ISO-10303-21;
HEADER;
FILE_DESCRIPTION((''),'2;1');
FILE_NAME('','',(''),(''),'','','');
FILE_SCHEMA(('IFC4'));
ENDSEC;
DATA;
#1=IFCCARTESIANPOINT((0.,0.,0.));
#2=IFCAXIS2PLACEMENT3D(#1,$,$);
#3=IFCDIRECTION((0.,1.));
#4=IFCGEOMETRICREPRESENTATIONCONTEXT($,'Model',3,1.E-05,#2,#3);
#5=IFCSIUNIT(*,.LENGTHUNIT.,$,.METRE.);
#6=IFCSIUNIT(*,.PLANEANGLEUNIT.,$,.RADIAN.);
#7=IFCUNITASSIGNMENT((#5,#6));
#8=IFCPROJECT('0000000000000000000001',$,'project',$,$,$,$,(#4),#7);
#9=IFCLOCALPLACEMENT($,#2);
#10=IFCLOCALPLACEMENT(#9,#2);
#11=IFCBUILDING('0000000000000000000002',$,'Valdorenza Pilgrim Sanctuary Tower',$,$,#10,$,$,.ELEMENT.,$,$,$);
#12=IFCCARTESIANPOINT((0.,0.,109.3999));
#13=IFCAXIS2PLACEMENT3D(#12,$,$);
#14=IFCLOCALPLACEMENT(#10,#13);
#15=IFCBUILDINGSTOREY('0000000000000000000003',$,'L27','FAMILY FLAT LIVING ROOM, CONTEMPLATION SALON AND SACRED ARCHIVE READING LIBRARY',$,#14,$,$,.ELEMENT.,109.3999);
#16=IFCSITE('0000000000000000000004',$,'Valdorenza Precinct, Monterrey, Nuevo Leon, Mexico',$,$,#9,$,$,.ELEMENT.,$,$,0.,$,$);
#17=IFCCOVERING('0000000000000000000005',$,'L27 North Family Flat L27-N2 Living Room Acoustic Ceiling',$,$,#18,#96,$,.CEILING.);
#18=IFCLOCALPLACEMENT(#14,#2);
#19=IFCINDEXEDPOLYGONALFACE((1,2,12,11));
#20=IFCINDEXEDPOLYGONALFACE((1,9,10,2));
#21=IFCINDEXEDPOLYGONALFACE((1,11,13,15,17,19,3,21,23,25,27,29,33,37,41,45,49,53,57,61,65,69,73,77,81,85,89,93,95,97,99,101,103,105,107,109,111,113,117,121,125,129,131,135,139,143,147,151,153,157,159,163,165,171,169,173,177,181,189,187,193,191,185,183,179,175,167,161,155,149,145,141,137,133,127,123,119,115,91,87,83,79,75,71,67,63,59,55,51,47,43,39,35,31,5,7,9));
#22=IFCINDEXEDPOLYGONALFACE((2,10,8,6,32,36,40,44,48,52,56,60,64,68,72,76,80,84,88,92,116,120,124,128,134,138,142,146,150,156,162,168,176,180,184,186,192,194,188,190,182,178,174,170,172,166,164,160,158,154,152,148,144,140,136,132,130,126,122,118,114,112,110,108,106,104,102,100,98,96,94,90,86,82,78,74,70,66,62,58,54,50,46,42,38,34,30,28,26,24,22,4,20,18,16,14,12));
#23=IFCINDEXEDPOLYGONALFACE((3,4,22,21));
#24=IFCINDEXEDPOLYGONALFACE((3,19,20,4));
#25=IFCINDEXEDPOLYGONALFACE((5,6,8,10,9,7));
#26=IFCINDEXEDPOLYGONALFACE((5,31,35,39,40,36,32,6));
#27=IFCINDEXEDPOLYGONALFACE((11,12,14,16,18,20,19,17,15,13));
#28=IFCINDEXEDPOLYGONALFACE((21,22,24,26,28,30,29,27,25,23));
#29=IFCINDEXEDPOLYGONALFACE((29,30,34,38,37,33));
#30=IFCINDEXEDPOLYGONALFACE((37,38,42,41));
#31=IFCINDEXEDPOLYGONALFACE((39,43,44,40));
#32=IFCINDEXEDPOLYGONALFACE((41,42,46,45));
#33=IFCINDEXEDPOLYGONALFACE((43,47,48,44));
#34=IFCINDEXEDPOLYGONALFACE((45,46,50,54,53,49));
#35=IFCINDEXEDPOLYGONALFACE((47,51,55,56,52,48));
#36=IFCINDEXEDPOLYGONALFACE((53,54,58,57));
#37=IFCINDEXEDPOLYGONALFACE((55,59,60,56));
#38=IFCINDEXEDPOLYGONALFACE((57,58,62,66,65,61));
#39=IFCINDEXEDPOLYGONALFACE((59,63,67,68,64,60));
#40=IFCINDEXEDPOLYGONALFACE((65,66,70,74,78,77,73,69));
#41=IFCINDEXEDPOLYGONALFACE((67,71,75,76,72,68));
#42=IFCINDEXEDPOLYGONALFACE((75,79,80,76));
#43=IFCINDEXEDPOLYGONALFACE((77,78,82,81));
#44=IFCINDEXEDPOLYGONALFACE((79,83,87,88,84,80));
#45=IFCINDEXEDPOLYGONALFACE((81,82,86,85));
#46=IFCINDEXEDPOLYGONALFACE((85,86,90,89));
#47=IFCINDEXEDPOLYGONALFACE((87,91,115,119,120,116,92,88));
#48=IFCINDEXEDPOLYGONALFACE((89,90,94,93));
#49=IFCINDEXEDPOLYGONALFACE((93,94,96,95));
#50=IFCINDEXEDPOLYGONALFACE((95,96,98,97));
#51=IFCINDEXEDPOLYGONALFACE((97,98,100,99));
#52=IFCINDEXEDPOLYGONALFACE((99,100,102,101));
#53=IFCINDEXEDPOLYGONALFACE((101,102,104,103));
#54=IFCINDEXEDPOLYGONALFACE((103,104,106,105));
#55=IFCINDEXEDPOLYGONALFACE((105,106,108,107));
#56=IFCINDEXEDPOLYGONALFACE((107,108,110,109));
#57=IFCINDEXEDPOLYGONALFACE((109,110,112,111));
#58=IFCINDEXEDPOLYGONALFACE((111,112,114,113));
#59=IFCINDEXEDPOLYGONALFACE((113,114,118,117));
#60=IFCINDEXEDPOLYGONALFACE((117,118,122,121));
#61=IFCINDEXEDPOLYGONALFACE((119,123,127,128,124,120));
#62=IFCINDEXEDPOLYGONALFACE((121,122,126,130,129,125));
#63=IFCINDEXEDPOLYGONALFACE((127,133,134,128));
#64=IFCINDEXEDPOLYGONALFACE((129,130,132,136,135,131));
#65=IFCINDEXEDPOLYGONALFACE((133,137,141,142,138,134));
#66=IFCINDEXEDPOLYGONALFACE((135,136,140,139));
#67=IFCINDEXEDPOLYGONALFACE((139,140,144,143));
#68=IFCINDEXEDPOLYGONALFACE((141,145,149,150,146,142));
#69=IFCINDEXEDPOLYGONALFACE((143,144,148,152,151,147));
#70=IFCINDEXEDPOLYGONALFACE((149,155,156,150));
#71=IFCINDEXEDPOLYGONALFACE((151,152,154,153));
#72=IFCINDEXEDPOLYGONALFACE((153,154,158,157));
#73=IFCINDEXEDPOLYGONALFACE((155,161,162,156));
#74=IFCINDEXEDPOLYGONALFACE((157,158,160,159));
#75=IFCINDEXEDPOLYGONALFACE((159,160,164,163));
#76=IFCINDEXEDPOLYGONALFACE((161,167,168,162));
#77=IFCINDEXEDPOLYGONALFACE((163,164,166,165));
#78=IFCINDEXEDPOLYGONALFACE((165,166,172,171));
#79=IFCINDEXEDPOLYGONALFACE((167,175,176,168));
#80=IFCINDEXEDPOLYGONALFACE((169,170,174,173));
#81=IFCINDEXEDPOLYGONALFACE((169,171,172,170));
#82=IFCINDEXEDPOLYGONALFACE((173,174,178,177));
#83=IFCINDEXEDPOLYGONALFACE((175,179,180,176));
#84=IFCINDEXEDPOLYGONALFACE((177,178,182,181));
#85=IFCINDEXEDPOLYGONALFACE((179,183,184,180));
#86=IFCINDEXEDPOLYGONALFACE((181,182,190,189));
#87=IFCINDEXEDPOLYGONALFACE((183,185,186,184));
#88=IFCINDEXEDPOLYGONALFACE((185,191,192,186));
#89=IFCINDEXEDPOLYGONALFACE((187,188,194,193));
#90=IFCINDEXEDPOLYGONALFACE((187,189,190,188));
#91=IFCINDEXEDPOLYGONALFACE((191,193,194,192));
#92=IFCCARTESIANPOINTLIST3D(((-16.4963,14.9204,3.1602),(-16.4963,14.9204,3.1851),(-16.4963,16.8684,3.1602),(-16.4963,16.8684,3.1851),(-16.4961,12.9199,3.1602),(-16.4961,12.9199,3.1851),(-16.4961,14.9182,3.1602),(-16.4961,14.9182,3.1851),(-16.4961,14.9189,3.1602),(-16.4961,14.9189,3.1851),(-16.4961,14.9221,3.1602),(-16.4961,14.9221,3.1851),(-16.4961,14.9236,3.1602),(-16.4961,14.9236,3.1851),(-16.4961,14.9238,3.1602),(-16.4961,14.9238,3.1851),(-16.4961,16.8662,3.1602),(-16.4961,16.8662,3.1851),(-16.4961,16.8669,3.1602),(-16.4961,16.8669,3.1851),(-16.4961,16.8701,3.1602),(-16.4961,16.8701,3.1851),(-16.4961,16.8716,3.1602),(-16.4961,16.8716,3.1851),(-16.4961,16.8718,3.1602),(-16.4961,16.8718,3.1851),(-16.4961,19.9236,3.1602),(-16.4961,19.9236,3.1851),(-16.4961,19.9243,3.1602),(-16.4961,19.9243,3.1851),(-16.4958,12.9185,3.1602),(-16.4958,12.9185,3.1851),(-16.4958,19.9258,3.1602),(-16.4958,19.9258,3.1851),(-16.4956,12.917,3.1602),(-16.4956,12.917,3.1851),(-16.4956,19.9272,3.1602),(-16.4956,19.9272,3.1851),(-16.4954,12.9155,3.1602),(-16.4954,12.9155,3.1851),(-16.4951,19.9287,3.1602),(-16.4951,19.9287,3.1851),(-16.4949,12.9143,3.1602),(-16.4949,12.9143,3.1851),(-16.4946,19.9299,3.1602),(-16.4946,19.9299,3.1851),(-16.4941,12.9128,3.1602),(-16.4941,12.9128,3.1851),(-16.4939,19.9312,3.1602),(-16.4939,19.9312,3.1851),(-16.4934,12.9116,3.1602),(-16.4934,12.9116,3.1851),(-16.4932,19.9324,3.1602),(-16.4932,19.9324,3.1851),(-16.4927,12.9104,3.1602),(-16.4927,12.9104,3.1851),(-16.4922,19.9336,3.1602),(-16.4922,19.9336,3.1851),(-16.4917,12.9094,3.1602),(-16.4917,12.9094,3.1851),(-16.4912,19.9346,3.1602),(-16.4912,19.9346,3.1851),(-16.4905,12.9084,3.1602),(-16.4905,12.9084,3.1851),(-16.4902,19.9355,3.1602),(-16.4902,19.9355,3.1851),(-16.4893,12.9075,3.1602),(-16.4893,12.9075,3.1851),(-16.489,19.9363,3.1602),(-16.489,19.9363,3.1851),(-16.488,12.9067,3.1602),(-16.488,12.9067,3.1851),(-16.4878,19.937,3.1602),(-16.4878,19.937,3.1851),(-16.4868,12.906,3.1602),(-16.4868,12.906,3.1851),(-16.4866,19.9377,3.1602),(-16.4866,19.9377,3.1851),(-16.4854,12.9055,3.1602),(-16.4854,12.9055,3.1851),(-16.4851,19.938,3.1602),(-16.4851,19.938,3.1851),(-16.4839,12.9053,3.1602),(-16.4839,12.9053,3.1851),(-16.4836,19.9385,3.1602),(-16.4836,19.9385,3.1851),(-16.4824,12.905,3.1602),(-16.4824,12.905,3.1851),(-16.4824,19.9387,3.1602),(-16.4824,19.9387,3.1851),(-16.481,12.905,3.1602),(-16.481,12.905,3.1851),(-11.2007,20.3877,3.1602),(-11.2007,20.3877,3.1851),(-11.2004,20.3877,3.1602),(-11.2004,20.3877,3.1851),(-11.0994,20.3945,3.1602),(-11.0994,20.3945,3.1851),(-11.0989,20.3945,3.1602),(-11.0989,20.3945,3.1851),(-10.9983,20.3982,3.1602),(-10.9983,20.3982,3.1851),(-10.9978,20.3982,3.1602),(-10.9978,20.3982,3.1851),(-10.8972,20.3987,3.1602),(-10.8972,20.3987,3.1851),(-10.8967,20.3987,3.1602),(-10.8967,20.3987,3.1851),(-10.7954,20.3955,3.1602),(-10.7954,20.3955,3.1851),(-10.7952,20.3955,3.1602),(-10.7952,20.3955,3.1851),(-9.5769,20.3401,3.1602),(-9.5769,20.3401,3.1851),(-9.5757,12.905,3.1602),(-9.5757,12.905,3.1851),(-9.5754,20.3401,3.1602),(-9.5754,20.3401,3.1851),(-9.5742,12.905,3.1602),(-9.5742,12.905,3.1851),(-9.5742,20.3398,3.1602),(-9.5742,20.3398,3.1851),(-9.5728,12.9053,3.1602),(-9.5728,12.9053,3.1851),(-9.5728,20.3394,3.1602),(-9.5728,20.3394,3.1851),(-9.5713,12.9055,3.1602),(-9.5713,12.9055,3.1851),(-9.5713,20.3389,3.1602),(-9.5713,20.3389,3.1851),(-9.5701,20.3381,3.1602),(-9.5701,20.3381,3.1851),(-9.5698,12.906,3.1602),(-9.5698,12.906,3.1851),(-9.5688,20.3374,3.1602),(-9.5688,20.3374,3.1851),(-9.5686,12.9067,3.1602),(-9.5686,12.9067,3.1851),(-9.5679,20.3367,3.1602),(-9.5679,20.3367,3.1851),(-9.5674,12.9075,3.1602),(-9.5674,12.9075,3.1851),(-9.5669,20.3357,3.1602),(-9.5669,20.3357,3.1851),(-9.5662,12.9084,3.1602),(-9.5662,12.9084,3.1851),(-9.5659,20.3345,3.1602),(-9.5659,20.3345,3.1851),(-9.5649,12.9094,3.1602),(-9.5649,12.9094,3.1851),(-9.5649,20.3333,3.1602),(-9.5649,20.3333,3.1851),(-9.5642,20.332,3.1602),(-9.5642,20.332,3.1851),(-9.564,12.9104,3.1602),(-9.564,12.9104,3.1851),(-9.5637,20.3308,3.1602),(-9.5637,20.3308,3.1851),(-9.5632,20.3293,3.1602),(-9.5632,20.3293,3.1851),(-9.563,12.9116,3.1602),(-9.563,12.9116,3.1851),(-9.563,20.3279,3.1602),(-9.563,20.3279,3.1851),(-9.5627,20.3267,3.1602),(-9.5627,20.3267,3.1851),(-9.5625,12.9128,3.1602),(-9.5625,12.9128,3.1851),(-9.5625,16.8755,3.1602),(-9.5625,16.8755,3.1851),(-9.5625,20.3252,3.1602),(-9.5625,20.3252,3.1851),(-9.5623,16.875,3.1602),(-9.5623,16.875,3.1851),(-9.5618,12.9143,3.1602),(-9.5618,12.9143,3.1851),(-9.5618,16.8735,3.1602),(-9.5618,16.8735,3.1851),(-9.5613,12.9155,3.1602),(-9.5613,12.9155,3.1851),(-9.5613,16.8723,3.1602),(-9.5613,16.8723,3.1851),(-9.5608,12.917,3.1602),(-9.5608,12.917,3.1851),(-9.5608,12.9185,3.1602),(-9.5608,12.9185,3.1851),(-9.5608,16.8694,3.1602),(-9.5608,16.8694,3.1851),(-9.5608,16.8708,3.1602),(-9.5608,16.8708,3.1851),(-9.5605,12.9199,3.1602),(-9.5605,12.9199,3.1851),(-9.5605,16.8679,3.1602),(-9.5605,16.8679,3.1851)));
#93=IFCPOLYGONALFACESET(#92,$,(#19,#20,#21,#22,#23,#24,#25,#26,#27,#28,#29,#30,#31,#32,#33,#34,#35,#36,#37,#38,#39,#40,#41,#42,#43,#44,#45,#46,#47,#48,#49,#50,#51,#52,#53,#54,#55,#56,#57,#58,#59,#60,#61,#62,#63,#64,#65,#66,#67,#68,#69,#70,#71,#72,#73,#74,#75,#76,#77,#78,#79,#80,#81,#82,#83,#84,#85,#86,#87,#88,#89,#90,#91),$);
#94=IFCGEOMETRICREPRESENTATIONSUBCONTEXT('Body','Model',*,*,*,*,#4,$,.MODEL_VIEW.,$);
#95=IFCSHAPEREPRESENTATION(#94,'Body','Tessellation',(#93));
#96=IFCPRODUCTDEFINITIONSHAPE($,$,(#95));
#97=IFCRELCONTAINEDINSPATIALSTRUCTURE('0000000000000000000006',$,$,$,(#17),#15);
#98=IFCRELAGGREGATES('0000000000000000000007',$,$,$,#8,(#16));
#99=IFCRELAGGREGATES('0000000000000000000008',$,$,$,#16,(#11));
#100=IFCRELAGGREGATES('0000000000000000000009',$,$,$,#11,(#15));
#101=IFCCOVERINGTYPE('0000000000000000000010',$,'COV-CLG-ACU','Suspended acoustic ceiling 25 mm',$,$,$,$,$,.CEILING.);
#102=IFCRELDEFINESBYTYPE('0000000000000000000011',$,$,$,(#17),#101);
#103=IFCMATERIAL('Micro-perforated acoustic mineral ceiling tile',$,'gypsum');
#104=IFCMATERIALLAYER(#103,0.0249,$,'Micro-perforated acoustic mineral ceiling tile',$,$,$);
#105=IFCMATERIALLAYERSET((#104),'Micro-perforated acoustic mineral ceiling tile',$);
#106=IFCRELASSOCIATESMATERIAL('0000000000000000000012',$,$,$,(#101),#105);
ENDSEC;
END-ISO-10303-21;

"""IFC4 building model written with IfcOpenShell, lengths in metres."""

from ifc_helpers import new_model, si_unit, direction, frame, origin, place, context, subcontext, project, spatial, polyline, outline, extrude, material, layer, layer_set, type_object, element, save


model = new_model("IFC4")

# Units and contexts
model_context = context("Model", 3, precision=1e-05, world=origin(), true_north=direction((0.0, 1.0)))
body_context = subcontext(model_context, "Body", "Model", "MODEL_VIEW")
ifc_project = project(units=[si_unit("LENGTHUNIT", "METRE"), si_unit("PLANEANGLEUNIT", "RADIAN")], contexts=[model_context])

# Site, building, storey
site_placement = place(None, origin())
site = spatial("IfcSite", under=ifc_project, at=site_placement, Name="Valdorenza Precinct, Monterrey, Nuevo Leon, Mexico", CompositionType="ELEMENT", RefElevation=0.0)
building_placement = place(site_placement, origin())
building = spatial("IfcBuilding", under=site, at=building_placement, Name="Valdorenza Pilgrim Sanctuary Tower", CompositionType="ELEMENT")
storey_placement = place(building_placement, frame((0.0, 0.0, 109.3999)))
storey = spatial("IfcBuildingStorey", under=building, at=storey_placement, Name="L27", Description="FAMILY FLAT LIVING ROOM, CONTEMPLATION SALON AND SACRED ARCHIVE READING LIBRARY", CompositionType="ELEMENT", Elevation=109.3999)

# Covering
ifc_material_1 = material(Name="Micro-perforated acoustic mineral ceiling tile", Category="gypsum")
ifc_layer_1 = layer(ifc_material_1, 0.0249, Name="Micro-perforated acoustic mineral ceiling tile")
ifc_layer_set_1 = layer_set([ifc_layer_1], Name="Micro-perforated acoustic mineral ceiling tile")
covering_type_1 = type_object("IfcCoveringType", Name="COV-CLG-ACU", Description="Suspended acoustic ceiling 25 mm", PredefinedType="CEILING", material=ifc_layer_set_1)
covering_1_placement = place(storey_placement, frame((0.0, 0.0, 3.1602)))
element("IfcCovering", 1, at=covering_1_placement, inside=storey, type_object=covering_type_1, Name="L27 North Family Flat L27-N2 Living Room Acoustic Ceiling", PredefinedType="CEILING", context=body_context, shape_type="SweptSolid", body=[
    extrude(outline(polyline([(-16.4961, 14.9182), (-16.4961, 14.9189), (-16.4963, 14.9204), (-16.4961, 14.9221), (-16.4961, 14.9236), (-16.4961, 14.9238), (-16.4961, 16.8662), (-16.4961, 16.8669), (-16.4963, 16.8684), (-16.4961, 16.8701), (-16.4961, 16.8716), (-16.4961, 16.8718), (-16.4961, 19.9236), (-16.4961, 19.9236), (-16.4961, 19.9243), (-16.4958, 19.9258), (-16.4956, 19.9272), (-16.4951, 19.9287), (-16.4946, 19.9299), (-16.4939, 19.9312), (-16.4932, 19.9324), (-16.4922, 19.9336), (-16.4912, 19.9346), (-16.4902, 19.9355), (-16.489, 19.9363), (-16.4878, 19.937), (-16.4866, 19.9377), (-16.4851, 19.938), (-16.4836, 19.9385), (-16.4824, 19.9387), (-11.2007, 20.3877), (-11.2004, 20.3877), (-11.0994, 20.3945), (-11.0989, 20.3945), (-10.9983, 20.3982), (-10.9978, 20.3982), (-10.8972, 20.3987), (-10.8967, 20.3987), (-10.7954, 20.3955), (-10.7952, 20.3955), (-9.5769, 20.3401), (-9.5754, 20.3401), (-9.5742, 20.3398), (-9.5728, 20.3394), (-9.5713, 20.3389), (-9.5701, 20.3381), (-9.5688, 20.3374), (-9.5679, 20.3367), (-9.5669, 20.3357), (-9.5659, 20.3345), (-9.5649, 20.3333), (-9.5642, 20.332), (-9.5637, 20.3308), (-9.5632, 20.3293), (-9.563, 20.3279), (-9.5627, 20.3267), (-9.5625, 20.3252), (-9.5625, 16.8755), (-9.5623, 16.875), (-9.5618, 16.8735), (-9.5613, 16.8723), (-9.5608, 16.8708), (-9.5608, 16.8694), (-9.5605, 16.8679), (-9.5605, 12.9199), (-9.5608, 12.9185), (-9.5608, 12.917), (-9.5613, 12.9155), (-9.5618, 12.9143), (-9.5625, 12.9128), (-9.563, 12.9116), (-9.564, 12.9104), (-9.5649, 12.9094), (-9.5662, 12.9084), (-9.5674, 12.9075), (-9.5686, 12.9067), (-9.5698, 12.906), (-9.5713, 12.9055), (-9.5728, 12.9053), (-9.5742, 12.905), (-9.5757, 12.905), (-16.481, 12.905), (-16.4824, 12.905), (-16.4839, 12.9053), (-16.4854, 12.9055), (-16.4868, 12.906), (-16.488, 12.9067), (-16.4893, 12.9075), (-16.4905, 12.9084), (-16.4917, 12.9094), (-16.4927, 12.9104), (-16.4934, 12.9116), (-16.4941, 12.9128), (-16.4949, 12.9143), (-16.4954, 12.9155), (-16.4956, 12.917), (-16.4958, 12.9185), (-16.4961, 12.9199), (-16.4961, 14.9182)])), origin(), (0.0, 0.0, 1.0), 0.0249),
])

save(model, "model.ifc")
